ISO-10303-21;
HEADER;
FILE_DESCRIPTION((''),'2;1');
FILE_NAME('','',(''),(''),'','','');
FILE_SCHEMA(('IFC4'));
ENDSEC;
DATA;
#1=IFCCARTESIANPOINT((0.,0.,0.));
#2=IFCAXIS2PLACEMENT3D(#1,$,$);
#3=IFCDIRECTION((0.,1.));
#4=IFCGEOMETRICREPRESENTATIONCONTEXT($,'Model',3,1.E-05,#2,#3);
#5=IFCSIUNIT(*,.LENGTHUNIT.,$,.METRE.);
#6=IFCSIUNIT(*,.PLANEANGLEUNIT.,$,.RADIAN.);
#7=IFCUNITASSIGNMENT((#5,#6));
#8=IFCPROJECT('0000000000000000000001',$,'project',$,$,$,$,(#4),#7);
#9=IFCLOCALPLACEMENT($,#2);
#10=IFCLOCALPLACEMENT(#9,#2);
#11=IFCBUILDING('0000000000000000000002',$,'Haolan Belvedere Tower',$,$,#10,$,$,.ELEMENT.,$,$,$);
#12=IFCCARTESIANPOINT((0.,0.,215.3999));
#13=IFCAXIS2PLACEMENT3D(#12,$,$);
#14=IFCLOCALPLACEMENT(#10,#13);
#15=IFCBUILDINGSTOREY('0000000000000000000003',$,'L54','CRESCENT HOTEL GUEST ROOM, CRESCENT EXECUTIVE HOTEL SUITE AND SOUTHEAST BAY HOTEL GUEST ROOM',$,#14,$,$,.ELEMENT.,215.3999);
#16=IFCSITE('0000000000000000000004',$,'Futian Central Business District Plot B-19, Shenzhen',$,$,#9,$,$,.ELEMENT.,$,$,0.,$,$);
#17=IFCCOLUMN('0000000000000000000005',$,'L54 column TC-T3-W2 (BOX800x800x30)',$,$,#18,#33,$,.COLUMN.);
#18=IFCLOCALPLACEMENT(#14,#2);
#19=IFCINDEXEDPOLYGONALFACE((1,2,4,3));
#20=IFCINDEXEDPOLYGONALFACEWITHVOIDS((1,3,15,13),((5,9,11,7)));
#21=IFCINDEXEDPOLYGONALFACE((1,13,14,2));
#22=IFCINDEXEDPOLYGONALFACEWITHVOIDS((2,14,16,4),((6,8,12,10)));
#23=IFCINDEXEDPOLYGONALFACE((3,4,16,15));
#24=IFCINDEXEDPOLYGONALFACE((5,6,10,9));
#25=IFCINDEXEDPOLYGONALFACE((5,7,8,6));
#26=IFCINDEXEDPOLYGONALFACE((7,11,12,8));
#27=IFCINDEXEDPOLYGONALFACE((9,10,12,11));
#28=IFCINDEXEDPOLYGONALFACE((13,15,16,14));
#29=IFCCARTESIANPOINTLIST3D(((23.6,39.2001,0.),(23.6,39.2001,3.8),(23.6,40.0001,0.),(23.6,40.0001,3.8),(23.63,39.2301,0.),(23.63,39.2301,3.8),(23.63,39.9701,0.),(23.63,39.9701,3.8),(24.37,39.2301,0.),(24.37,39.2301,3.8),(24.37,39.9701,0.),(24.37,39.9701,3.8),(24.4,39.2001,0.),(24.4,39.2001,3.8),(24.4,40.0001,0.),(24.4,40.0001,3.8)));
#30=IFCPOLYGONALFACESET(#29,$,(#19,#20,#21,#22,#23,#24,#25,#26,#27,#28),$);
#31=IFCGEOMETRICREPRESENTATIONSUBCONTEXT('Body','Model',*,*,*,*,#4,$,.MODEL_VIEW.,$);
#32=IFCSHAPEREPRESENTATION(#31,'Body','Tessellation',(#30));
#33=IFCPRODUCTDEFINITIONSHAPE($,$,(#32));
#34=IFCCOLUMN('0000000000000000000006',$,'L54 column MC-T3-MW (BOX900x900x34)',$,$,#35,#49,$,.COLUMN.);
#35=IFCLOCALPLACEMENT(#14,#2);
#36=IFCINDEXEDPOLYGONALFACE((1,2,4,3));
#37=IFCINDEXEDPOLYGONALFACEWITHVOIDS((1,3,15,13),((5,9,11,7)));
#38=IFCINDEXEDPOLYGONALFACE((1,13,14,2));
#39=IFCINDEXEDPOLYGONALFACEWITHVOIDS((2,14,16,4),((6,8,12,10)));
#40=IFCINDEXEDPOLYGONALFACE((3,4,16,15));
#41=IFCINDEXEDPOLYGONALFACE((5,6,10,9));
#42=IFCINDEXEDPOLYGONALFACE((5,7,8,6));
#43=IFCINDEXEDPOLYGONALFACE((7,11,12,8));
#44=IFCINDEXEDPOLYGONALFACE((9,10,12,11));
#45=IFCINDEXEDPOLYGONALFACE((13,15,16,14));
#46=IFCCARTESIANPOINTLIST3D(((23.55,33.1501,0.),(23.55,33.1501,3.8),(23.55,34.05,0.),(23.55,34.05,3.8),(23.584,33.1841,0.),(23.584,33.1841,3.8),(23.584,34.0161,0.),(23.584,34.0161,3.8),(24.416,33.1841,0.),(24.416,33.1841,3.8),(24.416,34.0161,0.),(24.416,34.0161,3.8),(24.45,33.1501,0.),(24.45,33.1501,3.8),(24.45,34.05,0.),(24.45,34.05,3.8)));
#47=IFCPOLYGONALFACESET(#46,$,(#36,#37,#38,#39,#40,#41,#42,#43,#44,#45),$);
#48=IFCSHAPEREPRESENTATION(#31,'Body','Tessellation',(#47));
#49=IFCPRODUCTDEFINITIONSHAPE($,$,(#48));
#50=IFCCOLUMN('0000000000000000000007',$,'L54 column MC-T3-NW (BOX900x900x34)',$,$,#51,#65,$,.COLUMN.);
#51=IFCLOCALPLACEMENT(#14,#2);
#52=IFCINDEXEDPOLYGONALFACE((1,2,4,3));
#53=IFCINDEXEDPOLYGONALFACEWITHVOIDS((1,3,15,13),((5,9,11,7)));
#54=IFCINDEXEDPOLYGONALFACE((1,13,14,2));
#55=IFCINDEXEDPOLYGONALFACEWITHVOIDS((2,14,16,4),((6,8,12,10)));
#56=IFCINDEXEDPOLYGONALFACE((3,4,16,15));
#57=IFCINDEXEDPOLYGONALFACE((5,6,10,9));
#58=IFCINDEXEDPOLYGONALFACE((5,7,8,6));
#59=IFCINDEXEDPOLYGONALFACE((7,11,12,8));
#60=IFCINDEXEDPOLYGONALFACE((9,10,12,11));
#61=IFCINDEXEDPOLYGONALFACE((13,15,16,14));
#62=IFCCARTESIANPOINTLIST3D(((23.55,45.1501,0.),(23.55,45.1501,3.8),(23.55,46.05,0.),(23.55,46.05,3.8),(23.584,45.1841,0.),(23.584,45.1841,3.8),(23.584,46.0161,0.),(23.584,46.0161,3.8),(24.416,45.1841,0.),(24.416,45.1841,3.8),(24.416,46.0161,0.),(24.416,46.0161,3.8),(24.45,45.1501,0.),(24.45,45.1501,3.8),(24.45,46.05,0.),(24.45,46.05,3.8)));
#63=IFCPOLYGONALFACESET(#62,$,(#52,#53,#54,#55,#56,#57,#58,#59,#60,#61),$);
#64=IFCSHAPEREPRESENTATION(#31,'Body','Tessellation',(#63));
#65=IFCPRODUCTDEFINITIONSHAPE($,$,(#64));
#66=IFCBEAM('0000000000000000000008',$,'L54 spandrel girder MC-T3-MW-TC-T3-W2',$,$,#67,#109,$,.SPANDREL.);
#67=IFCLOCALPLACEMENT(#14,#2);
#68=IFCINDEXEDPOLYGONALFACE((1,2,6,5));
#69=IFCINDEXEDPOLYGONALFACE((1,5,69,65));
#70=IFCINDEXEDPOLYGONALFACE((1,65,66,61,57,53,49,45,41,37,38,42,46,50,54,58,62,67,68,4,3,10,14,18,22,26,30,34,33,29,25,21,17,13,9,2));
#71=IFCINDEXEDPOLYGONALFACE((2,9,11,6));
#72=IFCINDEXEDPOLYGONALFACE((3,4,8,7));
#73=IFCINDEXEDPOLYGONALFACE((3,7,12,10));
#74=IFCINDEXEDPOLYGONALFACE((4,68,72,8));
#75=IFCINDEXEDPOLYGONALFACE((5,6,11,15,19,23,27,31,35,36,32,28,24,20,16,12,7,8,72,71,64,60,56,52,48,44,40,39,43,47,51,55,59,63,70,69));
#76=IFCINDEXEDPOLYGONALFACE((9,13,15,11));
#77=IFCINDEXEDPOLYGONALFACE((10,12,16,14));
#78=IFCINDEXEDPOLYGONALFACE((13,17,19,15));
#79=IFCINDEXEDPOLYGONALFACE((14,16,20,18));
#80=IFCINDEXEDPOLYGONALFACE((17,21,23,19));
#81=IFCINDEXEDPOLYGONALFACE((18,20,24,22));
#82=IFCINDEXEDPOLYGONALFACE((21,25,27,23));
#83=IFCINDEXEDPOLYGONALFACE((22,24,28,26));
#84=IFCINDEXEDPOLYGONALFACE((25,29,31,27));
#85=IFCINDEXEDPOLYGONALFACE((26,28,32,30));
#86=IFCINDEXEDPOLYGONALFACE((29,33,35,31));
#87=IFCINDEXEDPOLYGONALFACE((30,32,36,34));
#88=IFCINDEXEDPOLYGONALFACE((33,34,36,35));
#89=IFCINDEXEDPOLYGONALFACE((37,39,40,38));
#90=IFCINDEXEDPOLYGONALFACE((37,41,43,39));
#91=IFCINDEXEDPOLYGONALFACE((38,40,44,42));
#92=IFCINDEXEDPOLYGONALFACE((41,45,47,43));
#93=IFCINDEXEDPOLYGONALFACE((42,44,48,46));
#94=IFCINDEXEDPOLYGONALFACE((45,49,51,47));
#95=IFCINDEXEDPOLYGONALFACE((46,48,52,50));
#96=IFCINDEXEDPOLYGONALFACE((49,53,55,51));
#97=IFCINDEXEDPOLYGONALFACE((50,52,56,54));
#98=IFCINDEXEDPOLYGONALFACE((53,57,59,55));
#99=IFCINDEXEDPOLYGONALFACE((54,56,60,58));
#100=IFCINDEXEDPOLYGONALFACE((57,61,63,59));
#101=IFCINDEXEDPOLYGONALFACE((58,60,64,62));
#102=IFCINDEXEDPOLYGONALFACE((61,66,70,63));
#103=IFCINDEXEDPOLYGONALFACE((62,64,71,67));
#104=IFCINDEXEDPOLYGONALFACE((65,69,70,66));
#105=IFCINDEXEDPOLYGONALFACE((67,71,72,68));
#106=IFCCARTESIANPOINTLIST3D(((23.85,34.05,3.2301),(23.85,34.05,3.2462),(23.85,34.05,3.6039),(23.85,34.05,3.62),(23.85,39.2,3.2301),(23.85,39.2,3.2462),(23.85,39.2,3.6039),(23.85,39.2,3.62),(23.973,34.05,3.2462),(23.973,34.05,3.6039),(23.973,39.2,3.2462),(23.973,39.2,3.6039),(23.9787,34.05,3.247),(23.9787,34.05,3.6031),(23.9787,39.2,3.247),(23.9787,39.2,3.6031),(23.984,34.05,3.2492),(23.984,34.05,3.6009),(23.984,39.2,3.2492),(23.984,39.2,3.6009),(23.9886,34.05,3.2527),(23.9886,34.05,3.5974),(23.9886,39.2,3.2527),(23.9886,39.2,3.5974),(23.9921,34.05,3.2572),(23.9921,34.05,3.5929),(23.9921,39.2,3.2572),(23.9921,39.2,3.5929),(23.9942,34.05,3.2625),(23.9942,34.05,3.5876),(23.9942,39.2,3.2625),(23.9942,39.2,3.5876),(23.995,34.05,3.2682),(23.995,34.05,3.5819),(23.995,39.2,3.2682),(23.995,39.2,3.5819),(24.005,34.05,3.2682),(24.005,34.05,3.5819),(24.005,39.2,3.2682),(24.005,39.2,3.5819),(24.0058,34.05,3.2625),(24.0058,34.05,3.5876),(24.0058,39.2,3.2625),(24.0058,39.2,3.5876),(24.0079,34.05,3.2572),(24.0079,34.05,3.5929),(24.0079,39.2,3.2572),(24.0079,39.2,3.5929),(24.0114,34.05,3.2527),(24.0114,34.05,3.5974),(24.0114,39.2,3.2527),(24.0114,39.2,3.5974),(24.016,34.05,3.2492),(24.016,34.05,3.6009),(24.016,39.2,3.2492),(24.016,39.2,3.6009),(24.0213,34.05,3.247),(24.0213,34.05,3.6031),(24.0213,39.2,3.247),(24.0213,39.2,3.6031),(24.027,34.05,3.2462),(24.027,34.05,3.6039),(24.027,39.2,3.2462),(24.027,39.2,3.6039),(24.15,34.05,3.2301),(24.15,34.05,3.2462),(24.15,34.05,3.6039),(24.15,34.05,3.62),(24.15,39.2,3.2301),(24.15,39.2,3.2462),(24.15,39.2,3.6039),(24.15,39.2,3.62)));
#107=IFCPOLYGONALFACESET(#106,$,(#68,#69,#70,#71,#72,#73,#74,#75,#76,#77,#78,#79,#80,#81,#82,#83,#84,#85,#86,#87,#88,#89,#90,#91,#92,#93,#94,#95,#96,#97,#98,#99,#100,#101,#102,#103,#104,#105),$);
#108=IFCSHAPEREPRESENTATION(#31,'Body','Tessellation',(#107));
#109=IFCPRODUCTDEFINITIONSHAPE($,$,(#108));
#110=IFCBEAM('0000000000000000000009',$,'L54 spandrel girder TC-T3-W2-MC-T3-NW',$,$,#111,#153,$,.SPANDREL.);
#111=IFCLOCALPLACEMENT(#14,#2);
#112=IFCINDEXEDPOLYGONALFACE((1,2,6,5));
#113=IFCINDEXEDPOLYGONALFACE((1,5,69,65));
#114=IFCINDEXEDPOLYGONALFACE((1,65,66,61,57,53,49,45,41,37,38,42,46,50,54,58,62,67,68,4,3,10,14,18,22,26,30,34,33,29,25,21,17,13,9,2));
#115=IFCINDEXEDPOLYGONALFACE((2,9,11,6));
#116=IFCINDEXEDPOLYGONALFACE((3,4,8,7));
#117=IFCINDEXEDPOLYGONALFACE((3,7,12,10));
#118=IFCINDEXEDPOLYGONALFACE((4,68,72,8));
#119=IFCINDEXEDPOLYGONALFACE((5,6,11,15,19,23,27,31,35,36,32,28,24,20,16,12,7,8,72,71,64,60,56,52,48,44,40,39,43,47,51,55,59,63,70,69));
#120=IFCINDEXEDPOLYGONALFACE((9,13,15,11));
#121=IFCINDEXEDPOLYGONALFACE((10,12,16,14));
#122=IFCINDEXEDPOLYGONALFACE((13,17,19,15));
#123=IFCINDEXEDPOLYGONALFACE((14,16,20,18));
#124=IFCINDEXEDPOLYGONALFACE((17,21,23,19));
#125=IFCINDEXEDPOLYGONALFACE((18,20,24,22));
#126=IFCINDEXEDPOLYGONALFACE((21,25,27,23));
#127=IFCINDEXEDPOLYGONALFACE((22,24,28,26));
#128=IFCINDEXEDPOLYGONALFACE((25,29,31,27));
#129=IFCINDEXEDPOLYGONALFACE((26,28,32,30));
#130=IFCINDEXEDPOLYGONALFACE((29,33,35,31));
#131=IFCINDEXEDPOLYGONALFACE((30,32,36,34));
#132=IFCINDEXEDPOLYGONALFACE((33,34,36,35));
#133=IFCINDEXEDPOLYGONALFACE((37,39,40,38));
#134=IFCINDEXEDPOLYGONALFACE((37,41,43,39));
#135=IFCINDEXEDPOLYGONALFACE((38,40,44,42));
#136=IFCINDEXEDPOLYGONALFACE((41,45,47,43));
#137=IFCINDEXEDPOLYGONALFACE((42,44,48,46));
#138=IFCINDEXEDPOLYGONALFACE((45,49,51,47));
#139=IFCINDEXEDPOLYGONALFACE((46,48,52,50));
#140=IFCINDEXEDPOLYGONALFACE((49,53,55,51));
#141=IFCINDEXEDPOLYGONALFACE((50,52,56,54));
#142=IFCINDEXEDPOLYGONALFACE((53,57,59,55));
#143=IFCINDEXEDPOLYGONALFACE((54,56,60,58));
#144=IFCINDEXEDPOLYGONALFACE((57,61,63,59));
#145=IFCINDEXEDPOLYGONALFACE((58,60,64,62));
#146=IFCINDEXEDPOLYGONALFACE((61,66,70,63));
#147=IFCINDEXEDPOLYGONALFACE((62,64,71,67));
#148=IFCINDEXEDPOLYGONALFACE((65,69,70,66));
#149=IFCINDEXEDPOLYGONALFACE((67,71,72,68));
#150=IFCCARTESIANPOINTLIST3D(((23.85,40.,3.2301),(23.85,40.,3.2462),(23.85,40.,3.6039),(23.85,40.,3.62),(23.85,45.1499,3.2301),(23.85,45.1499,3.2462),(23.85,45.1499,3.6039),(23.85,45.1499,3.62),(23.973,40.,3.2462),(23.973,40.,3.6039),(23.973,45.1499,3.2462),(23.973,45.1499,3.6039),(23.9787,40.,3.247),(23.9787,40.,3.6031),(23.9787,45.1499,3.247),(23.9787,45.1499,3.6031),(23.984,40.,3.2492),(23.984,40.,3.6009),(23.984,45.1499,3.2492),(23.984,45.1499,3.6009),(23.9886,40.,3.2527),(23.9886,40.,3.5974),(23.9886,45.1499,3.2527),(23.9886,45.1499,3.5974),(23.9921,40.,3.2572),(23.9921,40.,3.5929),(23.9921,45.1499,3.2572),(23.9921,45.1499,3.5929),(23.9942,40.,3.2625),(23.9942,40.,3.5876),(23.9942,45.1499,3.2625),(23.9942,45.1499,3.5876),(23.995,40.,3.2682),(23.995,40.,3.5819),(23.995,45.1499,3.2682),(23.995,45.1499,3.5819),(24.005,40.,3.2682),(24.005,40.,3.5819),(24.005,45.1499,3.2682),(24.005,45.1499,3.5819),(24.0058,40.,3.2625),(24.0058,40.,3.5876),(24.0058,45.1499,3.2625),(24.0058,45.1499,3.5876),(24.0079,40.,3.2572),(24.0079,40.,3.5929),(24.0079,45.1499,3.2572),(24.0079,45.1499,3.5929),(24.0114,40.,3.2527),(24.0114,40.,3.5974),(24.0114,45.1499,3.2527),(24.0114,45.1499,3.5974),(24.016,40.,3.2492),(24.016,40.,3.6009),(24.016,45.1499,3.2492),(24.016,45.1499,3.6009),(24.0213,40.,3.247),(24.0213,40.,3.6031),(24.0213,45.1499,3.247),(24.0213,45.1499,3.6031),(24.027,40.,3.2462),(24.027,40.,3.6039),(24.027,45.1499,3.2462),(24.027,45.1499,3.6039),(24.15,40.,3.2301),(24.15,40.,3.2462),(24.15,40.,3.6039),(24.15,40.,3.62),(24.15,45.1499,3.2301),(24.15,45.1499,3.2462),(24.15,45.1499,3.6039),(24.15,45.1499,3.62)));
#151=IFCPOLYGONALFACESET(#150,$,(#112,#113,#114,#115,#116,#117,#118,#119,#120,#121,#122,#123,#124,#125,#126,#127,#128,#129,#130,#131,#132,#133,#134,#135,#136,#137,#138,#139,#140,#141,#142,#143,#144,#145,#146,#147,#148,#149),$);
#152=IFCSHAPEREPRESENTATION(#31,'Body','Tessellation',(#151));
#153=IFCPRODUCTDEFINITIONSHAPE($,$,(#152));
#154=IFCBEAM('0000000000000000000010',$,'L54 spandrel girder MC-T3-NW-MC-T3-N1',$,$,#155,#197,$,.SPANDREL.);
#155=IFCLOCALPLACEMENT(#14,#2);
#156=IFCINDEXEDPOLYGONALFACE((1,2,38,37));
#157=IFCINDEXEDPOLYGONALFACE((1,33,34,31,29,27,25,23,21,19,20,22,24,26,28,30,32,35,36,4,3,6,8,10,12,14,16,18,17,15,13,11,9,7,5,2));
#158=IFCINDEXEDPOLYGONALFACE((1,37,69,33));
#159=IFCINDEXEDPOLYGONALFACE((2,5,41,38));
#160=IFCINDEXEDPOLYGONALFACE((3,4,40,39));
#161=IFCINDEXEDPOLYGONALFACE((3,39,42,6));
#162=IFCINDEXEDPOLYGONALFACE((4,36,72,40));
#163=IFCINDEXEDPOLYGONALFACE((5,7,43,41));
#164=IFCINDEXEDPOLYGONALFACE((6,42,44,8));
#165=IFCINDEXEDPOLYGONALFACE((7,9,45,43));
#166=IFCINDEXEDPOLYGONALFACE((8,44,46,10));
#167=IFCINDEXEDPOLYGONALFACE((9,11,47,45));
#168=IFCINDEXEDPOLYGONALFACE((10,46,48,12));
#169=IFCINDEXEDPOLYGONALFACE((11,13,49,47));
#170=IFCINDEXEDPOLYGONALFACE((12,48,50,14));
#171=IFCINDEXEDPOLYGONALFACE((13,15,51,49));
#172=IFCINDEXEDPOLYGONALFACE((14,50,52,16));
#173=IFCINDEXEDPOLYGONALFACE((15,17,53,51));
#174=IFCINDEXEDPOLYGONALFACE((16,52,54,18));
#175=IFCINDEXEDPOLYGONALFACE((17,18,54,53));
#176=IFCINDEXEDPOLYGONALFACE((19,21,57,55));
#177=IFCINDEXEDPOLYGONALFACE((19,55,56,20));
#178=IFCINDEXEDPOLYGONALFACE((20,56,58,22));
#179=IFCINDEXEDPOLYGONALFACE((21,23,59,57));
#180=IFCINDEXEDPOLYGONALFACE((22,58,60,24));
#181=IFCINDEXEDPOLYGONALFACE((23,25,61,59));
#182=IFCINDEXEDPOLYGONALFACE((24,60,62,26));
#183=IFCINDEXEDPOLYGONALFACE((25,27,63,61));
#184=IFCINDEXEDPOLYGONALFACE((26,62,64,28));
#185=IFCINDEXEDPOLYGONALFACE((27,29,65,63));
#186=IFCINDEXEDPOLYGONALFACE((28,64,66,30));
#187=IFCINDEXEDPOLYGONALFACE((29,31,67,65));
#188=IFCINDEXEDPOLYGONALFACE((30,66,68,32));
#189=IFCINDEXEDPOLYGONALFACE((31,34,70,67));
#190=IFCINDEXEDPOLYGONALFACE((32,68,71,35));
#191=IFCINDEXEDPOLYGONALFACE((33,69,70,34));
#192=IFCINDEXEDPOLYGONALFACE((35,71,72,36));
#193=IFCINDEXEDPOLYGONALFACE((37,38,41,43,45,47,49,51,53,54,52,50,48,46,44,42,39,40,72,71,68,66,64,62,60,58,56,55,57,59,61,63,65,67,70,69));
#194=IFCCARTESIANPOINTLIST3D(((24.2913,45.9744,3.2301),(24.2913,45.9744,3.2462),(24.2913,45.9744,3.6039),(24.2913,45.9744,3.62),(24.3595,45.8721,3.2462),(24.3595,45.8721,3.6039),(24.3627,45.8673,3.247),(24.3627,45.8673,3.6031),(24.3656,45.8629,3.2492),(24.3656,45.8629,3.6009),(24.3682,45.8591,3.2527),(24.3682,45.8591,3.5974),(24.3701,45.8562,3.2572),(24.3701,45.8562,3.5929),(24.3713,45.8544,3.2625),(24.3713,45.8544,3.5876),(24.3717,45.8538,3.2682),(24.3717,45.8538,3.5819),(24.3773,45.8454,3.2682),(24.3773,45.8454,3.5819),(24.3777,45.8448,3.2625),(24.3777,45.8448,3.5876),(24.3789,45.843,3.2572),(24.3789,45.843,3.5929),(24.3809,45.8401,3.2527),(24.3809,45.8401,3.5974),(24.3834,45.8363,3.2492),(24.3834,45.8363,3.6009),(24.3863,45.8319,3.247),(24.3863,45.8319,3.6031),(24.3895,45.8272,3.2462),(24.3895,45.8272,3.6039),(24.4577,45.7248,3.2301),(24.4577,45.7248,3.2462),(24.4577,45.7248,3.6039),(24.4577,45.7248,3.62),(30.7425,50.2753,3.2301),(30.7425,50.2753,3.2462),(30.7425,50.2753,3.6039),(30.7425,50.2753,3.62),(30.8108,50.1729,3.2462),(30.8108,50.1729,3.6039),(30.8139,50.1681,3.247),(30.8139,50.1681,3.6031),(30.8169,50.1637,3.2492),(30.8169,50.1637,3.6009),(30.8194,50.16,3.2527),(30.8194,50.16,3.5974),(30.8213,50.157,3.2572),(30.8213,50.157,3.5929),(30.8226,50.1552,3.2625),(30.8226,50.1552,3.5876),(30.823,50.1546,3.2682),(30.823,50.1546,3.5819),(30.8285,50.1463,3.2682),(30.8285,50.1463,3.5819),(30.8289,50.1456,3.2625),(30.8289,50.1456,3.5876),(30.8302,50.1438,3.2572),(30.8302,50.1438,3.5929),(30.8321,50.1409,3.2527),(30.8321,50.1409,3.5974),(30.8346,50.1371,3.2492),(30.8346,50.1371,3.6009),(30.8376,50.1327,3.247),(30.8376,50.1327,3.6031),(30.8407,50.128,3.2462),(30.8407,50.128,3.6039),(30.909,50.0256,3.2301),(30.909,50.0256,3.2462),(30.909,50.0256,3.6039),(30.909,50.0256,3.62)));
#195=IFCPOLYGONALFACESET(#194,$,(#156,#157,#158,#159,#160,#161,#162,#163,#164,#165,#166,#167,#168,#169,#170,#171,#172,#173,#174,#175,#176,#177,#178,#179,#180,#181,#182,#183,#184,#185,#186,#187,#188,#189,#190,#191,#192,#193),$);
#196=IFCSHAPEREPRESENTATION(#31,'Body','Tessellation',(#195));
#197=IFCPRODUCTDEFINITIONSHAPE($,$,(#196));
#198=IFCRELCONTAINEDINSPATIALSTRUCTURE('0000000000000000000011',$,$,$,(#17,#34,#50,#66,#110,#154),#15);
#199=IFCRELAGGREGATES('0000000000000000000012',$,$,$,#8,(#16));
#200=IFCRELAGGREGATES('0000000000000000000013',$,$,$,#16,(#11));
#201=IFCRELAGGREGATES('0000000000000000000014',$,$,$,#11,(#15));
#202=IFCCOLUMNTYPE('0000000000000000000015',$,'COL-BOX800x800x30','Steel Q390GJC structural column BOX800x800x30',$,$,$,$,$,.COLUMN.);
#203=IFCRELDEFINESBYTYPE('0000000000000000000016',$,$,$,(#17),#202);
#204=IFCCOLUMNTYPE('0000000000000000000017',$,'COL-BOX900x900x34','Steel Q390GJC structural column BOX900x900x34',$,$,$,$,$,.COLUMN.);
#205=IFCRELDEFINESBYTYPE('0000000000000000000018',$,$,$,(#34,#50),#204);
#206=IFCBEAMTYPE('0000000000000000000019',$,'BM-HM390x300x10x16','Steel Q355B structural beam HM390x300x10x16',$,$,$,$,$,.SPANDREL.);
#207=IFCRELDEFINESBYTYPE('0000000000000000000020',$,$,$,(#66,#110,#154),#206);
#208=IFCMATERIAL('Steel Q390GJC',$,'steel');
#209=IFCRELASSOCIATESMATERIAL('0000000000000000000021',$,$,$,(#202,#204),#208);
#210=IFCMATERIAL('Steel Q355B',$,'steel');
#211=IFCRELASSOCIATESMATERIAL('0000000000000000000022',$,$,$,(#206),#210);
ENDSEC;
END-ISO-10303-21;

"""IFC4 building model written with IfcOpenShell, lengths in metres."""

from ifc_helpers import new_model, si_unit, direction, frame, origin, origin_2d, place, context, subcontext, project, spatial, hollow_rectangle, i_section, extrude, material, material_profile, profile_set, type_object, element, save


model = new_model("IFC4")

# Units and contexts
model_context = context("Model", 3, precision=1e-05, world=origin(), true_north=direction((0.0, 1.0)))
body_context = subcontext(model_context, "Body", "Model", "MODEL_VIEW")
ifc_project = project(units=[si_unit("LENGTHUNIT", "METRE"), si_unit("PLANEANGLEUNIT", "RADIAN")], contexts=[model_context])

# Site, building, storey
site_placement = place(None, origin())
site = spatial("IfcSite", under=ifc_project, at=site_placement, Name="Futian Central Business District Plot B-19, Shenzhen", CompositionType="ELEMENT", RefElevation=0.0)
building_placement = place(site_placement, origin())
building = spatial("IfcBuilding", under=site, at=building_placement, Name="Haolan Belvedere Tower", CompositionType="ELEMENT")
storey_placement = place(building_placement, frame((0.0, 0.0, 215.3999)))
storey = spatial("IfcBuildingStorey", under=building, at=storey_placement, Name="L54", Description="CRESCENT HOTEL GUEST ROOM, CRESCENT EXECUTIVE HOTEL SUITE AND SOUTHEAST BAY HOTEL GUEST ROOM", CompositionType="ELEMENT", Elevation=215.3999)

# Columns
ifc_material_1 = material(Name="Steel Q390GJC", Category="steel")
ifc_material_profile_1 = material_profile(ifc_material_1, hollow_rectangle(XDim=0.8, YDim=0.8, WallThickness=0.03, at=origin_2d()), Name="Steel Q390GJC")
ifc_profile_set_1 = profile_set([ifc_material_profile_1], Name="Steel Q390GJC")
column_type_1 = type_object("IfcColumnType", Name="COL-BOX800x800x30", Description="Steel Q390GJC structural column BOX800x800x30", PredefinedType="COLUMN", material=ifc_profile_set_1)
column_placement = place(storey_placement, frame((24.0, 39.6001, 0.0), z_axis=(0.0, 0.0, 1.0), x_axis=(1.0, 0.0, 0.0)))
element("IfcColumn", 1, at=column_placement, inside=storey, type_object=column_type_1, Name="L54 column TC-T3-W2 (BOX800x800x30)", PredefinedType="COLUMN", context=body_context, shape_type="SweptSolid", body=[
    extrude(hollow_rectangle(XDim=0.8, YDim=0.8, WallThickness=0.03, at=origin_2d()), origin(), (0.0, 0.0, 1.0), 3.8),
])
ifc_material_profile_2 = material_profile(ifc_material_1, hollow_rectangle(XDim=0.8999, YDim=0.8999, WallThickness=0.0339, at=origin_2d()), Name="Steel Q390GJC")
ifc_profile_set_2 = profile_set([ifc_material_profile_2], Name="Steel Q390GJC")
column_type_2 = type_object("IfcColumnType", Name="COL-BOX900x900x34", Description="Steel Q390GJC structural column BOX900x900x34", PredefinedType="COLUMN", material=ifc_profile_set_2)
for number, where, z_axis, x_axis, name in (
    (2, (24.0, 33.6001, 0.0), (0.0, 0.0, 1.0), (1.0, 0.0, 0.0), "L54 column MC-T3-MW (BOX900x900x34)"),
    (3, (24.0, 45.6001, 0.0), (0.0, 0.0, 1.0), (1.0, 0.0, 0.0), "L54 column MC-T3-NW (BOX900x900x34)"),
):
    element("IfcColumn", number, at=place(storey_placement, frame(where, z_axis=z_axis, x_axis=x_axis)), inside=storey, type_object=column_type_2, Name=name, PredefinedType="COLUMN", context=body_context, shape_type="SweptSolid", body=[
        extrude(hollow_rectangle(XDim=0.8999, YDim=0.8999, WallThickness=0.0339, at=origin_2d()), origin(), (0.0, 0.0, 1.0), 3.8),
    ])

# Beams
ifc_material_2 = material(Name="Steel Q355B", Category="steel")
ifc_material_profile_3 = material_profile(ifc_material_2, i_section(OverallWidth=0.3, OverallDepth=0.3899, WebThickness=0.01, FlangeThickness=0.0161, FilletRadius=0.022, at=origin_2d()), Name="Steel Q355B")
ifc_profile_set_3 = profile_set([ifc_material_profile_3], Name="Steel Q355B")
beam_type_1 = type_object("IfcBeamType", Name="BM-HM390x300x10x16", Description="Steel Q355B structural beam HM390x300x10x16", PredefinedType="SPANDREL", material=ifc_profile_set_3)
for number, where, z_axis, x_axis, name in (
    (4, (24.0, 34.05, 3.425), (0.0, 1.0, 0.0), (-1.0, 0.0, 0.0), "L54 spandrel girder MC-T3-MW-TC-T3-W2"),
    (5, (24.0, 40.0, 3.425), (0.0, 1.0, 0.0), (-1.0, 0.0, 0.0), "L54 spandrel girder TC-T3-W2-MC-T3-NW"),
):
    element("IfcBeam", number, at=place(storey_placement, frame(where, z_axis=z_axis, x_axis=x_axis)), inside=storey, type_object=beam_type_1, Name=name, PredefinedType="SPANDREL", context=body_context, shape_type="SweptSolid", body=[
        extrude(i_section(OverallWidth=0.3, OverallDepth=0.3899, WebThickness=0.01, FlangeThickness=0.0161, FilletRadius=0.022, at=origin_2d()), origin(), (0.0, 0.0, 1.0), 5.1499),
    ])
beam_1_placement = place(storey_placement, frame((24.3745, 45.8496, 3.425), z_axis=(0.83205, 0.5547, 0.0), x_axis=(-0.5547, 0.83205, 0.0)))
element("IfcBeam", 6, at=beam_1_placement, inside=storey, type_object=beam_type_1, Name="L54 spandrel girder MC-T3-NW-MC-T3-N1", PredefinedType="SPANDREL", context=body_context, shape_type="SweptSolid", body=[
    extrude(i_section(OverallWidth=0.3, OverallDepth=0.3899, WebThickness=0.01, FlangeThickness=0.0161, FilletRadius=0.022, at=origin_2d()), origin(), (0.0, 0.0, 1.0), 7.7534),
])

save(model, "model.ifc")
